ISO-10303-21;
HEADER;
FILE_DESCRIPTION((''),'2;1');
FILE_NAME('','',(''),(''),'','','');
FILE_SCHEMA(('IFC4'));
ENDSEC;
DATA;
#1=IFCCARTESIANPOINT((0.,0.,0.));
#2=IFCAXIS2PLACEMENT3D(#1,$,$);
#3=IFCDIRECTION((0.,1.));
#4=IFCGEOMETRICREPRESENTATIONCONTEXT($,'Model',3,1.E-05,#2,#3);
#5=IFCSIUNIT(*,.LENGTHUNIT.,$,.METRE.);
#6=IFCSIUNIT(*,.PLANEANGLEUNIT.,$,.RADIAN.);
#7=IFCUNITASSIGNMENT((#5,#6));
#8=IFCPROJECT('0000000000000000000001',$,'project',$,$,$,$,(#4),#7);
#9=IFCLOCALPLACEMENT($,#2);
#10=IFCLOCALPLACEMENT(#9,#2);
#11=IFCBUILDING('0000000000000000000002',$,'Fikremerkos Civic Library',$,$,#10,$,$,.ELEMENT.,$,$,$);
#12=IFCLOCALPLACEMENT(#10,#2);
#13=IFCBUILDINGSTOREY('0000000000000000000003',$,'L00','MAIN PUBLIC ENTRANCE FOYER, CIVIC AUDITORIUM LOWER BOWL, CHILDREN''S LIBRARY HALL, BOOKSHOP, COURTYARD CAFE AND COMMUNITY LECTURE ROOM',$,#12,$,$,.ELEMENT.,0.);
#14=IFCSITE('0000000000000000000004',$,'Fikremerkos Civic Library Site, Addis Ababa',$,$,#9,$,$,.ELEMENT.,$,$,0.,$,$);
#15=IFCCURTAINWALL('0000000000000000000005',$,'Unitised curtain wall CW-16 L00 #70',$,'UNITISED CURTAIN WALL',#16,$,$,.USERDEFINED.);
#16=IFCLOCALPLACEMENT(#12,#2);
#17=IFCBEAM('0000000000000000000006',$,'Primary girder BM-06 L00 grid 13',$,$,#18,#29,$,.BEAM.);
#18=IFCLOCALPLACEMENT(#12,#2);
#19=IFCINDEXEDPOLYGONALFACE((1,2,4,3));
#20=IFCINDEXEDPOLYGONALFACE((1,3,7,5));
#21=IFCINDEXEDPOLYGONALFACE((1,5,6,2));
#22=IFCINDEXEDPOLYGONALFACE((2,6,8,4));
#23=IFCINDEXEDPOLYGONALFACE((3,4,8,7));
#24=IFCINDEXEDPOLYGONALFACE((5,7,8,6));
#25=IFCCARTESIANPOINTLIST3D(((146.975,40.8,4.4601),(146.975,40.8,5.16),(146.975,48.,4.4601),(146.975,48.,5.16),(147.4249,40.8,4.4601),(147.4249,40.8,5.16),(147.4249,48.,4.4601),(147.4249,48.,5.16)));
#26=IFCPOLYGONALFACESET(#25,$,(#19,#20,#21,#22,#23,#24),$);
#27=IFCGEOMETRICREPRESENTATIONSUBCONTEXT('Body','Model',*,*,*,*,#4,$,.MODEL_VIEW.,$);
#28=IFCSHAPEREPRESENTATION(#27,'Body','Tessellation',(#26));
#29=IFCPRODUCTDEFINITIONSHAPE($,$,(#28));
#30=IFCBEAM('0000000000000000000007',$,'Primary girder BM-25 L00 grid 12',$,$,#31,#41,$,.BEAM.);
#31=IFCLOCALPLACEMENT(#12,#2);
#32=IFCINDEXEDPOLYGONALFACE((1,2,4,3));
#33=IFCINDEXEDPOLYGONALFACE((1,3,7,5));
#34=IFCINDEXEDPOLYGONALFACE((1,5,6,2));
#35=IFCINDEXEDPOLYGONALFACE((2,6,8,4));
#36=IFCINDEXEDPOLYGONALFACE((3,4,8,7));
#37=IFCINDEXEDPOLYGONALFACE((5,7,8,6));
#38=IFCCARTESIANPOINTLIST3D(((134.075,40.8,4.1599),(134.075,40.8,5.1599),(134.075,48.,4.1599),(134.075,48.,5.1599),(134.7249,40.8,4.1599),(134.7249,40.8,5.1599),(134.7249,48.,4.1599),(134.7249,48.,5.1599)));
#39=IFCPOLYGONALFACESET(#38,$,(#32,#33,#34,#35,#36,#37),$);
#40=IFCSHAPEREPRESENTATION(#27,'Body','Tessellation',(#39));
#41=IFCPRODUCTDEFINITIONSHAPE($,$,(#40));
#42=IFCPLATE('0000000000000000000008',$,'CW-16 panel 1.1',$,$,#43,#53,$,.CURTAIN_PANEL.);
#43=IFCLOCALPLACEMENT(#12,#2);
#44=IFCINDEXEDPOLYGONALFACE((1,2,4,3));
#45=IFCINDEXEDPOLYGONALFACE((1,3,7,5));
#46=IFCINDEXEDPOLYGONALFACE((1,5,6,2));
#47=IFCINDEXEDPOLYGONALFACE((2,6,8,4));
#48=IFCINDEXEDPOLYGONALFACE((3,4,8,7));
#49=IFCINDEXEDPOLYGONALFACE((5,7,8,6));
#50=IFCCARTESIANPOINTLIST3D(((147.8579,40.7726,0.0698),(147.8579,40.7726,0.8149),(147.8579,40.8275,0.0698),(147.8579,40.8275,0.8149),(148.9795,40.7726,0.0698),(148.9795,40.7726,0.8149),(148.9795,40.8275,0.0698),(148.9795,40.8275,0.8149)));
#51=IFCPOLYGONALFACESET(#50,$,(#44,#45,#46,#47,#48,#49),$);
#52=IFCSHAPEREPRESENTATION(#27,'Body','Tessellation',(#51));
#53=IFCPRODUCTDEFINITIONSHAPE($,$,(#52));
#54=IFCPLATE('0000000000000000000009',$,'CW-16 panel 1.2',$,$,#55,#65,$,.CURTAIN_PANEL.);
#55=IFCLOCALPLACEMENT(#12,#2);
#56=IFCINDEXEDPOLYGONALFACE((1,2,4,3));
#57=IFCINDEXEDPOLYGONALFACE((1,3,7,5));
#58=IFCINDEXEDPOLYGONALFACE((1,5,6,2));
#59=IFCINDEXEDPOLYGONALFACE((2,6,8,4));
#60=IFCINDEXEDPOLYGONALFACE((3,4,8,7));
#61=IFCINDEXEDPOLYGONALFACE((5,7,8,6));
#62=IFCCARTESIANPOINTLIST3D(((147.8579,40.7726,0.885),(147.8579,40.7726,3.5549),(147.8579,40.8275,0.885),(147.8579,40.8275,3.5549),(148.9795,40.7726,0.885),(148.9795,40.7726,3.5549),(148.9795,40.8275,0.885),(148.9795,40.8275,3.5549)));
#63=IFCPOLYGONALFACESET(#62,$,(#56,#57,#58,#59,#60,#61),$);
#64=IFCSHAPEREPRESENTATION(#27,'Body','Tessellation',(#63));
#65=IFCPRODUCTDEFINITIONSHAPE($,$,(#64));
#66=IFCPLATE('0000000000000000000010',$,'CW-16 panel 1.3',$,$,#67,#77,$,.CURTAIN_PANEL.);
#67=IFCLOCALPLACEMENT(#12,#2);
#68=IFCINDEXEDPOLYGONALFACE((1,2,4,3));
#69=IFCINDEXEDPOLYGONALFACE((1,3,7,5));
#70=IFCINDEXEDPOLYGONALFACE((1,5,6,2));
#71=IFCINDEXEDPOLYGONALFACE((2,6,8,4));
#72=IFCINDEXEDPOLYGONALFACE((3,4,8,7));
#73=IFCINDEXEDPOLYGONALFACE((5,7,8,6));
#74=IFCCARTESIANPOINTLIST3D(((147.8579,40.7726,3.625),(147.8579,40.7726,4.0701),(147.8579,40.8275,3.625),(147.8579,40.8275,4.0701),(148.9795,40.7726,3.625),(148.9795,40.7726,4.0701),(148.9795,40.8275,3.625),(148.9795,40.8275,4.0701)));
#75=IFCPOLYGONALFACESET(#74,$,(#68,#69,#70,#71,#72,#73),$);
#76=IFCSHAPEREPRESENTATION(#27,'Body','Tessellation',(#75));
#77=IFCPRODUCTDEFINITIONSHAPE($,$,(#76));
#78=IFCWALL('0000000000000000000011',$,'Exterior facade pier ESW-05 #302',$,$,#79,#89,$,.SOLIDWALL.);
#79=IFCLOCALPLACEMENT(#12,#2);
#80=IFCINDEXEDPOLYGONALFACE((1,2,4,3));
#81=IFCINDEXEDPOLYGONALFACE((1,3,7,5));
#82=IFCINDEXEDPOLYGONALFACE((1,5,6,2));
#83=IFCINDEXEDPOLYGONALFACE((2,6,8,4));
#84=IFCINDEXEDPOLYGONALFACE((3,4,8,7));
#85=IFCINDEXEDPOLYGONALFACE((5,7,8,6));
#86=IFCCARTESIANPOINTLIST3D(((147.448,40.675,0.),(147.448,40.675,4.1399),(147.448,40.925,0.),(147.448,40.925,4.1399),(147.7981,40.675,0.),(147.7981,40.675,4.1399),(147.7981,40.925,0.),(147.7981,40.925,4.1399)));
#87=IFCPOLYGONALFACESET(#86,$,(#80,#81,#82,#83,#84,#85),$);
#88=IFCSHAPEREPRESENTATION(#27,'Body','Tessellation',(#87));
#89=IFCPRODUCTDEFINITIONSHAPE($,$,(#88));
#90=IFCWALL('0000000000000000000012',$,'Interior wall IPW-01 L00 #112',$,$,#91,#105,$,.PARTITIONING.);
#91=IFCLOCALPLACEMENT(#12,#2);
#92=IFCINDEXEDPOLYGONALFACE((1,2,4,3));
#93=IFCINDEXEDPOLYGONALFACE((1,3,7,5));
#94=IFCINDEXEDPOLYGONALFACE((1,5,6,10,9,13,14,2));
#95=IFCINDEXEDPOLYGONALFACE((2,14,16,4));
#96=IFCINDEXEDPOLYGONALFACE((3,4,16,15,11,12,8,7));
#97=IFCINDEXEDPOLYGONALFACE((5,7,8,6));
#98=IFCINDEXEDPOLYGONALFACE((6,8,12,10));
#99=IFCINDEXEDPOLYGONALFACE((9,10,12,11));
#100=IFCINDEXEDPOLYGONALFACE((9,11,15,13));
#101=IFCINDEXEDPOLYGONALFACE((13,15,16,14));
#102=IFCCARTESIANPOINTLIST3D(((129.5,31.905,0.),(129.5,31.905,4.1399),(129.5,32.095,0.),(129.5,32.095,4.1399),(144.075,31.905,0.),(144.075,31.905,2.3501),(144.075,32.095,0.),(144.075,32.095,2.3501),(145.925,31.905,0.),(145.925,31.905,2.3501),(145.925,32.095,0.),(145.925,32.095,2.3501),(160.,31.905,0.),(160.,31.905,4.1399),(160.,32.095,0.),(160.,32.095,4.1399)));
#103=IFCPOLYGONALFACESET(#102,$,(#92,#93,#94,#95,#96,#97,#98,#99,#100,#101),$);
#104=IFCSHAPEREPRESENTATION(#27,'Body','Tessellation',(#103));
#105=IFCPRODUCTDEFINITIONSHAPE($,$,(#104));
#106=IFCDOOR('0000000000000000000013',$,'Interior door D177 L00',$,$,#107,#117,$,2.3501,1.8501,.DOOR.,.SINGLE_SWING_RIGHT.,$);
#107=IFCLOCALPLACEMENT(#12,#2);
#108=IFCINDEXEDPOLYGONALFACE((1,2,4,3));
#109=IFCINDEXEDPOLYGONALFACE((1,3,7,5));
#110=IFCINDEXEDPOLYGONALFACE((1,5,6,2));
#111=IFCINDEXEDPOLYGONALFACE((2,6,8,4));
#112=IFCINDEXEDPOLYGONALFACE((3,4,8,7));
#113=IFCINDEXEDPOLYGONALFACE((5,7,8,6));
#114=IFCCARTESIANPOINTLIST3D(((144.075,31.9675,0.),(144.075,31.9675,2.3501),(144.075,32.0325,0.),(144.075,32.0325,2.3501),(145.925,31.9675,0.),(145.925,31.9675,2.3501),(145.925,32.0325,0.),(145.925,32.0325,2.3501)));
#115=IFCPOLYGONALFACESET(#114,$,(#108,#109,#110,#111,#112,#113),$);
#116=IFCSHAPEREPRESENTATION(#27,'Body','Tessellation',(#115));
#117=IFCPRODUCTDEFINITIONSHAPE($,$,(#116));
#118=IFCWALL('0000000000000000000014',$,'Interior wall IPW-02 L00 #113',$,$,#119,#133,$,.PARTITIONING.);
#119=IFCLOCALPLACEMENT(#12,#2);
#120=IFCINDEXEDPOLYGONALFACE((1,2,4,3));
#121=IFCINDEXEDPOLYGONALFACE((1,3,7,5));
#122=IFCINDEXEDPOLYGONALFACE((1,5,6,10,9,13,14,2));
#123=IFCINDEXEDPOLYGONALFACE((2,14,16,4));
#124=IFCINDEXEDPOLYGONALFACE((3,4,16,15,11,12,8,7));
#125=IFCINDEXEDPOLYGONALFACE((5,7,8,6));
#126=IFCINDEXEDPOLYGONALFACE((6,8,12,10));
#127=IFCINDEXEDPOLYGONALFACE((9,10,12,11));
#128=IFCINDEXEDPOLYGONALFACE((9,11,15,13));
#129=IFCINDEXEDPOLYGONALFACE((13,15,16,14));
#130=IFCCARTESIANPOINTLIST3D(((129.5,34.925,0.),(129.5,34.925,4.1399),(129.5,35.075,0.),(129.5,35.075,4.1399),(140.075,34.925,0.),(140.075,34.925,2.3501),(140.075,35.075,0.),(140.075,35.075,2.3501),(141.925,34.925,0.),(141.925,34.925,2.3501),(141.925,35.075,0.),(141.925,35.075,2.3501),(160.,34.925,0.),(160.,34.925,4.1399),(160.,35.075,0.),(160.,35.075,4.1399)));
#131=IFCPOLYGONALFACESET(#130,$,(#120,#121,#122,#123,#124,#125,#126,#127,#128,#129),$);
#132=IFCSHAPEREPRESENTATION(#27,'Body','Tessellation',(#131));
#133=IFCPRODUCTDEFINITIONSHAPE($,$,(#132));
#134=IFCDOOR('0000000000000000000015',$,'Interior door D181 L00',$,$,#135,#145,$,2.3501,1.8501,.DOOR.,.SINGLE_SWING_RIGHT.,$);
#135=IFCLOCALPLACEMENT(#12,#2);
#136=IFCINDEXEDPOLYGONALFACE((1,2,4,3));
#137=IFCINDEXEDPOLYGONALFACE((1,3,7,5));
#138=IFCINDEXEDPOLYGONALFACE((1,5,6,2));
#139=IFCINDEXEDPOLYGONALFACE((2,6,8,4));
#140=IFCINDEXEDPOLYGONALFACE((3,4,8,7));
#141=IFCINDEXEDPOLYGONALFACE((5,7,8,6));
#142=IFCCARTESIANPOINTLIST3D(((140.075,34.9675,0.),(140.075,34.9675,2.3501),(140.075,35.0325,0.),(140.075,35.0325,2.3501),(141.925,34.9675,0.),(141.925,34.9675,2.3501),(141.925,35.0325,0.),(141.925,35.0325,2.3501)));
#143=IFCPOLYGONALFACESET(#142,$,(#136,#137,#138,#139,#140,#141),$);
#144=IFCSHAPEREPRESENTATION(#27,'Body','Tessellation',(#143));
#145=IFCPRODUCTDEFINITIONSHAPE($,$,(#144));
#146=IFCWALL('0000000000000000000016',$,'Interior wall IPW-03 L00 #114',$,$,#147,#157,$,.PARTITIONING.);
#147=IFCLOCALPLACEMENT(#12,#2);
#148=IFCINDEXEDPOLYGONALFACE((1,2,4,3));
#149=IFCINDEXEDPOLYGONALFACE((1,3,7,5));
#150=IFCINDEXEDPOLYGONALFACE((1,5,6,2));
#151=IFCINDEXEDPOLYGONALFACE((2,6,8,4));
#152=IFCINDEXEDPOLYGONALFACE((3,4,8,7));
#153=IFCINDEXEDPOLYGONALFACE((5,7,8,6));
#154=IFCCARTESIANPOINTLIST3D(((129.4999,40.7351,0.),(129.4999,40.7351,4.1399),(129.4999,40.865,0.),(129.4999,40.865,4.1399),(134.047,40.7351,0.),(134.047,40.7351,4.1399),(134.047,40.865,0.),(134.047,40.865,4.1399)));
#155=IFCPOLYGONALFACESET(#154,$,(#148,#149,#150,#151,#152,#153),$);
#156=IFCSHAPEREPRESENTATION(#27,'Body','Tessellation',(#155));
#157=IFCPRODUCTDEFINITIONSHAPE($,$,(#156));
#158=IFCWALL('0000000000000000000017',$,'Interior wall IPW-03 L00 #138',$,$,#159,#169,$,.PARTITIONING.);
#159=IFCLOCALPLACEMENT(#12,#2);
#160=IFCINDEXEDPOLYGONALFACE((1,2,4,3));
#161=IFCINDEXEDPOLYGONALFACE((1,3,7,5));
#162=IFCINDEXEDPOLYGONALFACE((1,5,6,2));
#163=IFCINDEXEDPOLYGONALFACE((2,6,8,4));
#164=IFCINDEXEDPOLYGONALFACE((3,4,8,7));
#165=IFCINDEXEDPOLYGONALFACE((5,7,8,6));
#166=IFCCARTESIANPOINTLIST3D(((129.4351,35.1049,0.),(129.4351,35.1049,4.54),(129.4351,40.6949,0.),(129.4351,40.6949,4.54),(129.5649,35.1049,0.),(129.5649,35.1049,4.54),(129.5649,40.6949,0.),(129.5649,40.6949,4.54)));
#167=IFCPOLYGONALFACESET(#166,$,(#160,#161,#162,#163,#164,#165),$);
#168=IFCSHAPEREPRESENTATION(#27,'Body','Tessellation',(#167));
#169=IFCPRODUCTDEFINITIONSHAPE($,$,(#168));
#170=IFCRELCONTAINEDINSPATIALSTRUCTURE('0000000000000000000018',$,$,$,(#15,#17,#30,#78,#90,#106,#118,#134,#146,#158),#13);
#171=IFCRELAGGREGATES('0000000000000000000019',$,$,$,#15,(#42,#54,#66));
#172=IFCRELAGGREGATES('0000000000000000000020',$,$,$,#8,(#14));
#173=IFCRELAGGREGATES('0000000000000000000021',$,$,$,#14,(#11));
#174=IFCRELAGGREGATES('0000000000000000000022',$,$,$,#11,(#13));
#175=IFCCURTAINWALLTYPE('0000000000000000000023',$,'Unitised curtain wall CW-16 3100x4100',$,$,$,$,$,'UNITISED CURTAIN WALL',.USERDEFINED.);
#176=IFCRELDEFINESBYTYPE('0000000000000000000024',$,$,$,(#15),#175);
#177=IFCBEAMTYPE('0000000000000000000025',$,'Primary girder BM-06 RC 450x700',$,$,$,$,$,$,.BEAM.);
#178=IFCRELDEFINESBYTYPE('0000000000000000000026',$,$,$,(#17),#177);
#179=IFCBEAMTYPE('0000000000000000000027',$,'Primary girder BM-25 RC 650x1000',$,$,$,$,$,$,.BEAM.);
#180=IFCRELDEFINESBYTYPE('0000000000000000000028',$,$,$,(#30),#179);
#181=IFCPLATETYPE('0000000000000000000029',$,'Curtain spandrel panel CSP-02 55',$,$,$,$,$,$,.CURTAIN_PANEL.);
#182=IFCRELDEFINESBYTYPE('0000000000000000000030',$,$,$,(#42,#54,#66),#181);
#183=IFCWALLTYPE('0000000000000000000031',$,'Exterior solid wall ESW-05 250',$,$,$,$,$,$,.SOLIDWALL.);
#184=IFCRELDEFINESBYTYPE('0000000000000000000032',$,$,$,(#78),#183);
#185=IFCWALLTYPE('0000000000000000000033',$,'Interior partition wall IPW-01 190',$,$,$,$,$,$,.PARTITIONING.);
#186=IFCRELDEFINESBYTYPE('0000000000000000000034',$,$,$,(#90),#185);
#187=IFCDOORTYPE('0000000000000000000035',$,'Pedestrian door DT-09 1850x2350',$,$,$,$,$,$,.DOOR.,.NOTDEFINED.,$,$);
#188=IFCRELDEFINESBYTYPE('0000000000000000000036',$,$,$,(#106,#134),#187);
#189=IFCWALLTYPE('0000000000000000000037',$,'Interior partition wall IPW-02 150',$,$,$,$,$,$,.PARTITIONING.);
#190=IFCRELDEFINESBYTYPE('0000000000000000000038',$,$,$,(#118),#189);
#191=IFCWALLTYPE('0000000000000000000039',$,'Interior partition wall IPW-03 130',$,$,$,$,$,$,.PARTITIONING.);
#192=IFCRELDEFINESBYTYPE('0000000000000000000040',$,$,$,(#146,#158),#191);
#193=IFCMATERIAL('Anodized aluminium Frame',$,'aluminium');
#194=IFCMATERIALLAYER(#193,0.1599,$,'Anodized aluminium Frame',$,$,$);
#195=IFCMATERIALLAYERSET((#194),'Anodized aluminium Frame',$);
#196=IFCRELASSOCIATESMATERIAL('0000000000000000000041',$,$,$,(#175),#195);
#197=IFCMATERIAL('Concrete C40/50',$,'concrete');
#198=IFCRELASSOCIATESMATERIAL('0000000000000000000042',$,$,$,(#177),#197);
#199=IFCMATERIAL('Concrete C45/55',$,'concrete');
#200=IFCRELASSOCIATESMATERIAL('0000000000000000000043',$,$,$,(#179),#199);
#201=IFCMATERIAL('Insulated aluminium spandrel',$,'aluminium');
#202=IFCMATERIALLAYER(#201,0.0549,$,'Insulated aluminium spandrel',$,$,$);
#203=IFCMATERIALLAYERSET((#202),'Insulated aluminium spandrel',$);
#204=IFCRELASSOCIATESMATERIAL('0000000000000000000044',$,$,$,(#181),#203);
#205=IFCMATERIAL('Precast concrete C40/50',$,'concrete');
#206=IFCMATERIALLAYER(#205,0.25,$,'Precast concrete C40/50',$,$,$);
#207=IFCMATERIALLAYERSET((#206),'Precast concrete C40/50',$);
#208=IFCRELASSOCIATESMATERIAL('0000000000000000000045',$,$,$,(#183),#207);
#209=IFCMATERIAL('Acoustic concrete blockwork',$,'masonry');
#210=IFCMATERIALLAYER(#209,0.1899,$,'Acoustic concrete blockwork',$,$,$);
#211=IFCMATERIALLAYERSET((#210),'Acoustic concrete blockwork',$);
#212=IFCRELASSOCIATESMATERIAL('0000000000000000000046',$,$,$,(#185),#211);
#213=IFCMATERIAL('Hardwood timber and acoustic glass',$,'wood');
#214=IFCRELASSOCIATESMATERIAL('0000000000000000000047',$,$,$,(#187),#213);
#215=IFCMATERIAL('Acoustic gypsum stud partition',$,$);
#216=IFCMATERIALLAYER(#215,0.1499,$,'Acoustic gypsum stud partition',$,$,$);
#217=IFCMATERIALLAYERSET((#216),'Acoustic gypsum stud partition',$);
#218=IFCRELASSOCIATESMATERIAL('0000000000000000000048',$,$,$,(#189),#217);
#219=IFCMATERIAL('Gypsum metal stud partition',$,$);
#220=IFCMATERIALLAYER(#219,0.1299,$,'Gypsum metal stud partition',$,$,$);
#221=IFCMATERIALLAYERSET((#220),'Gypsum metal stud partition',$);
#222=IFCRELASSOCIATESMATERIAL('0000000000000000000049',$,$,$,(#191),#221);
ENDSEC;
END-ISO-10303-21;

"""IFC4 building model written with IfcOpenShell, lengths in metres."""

from ifc_helpers import new_model, si_unit, direction, frame, frame_2d, origin, origin_2d, place, context, subcontext, project, spatial, rectangle, extrude, material, layer, layer_set, material_profile, profile_set, type_object, element, fill, aggregate, save


model = new_model("IFC4")

# Units and contexts
model_context = context("Model", 3, precision=1e-05, world=origin(), true_north=direction((0.0, 1.0)))
body_context = subcontext(model_context, "Body", "Model", "MODEL_VIEW")
ifc_project = project(units=[si_unit("LENGTHUNIT", "METRE"), si_unit("PLANEANGLEUNIT", "RADIAN")], contexts=[model_context])

# Site, building, storey
site_placement = place(None, origin())
site = spatial("IfcSite", under=ifc_project, at=site_placement, Name="Fikremerkos Civic Library Site, Addis Ababa", CompositionType="ELEMENT", RefElevation=0.0)
building_placement = place(site_placement, origin())
building = spatial("IfcBuilding", under=site, at=building_placement, Name="Fikremerkos Civic Library", CompositionType="ELEMENT")
storey_placement = place(building_placement, origin())
storey = spatial("IfcBuildingStorey", under=building, at=storey_placement, Name="L00", Description="MAIN PUBLIC ENTRANCE FOYER, CIVIC AUDITORIUM LOWER BOWL, CHILDREN'S LIBRARY HALL, BOOKSHOP, COURTYARD CAFE AND COMMUNITY LECTURE ROOM", CompositionType="ELEMENT", Elevation=0.0)

# Shared definitions
ifc_material_1 = material(Name="Concrete C40/50", Category="concrete")

# Curtain wall
ifc_material_2 = material(Name="Anodized aluminium Frame", Category="aluminium")
ifc_layer_1 = layer(ifc_material_2, 0.1599, Name="Anodized aluminium Frame")
ifc_layer_set_1 = layer_set([ifc_layer_1], Name="Anodized aluminium Frame")
curtain_wall_type = type_object("IfcCurtainWallType", Name="Unitised curtain wall CW-16 3100x4100", ElementType="UNITISED CURTAIN WALL", PredefinedType="USERDEFINED", material=ifc_layer_set_1)
curtain_wall_placement = place(storey_placement, origin())
curtain_wall = element("IfcCurtainWall", 1, at=curtain_wall_placement, inside=storey, type_object=curtain_wall_type, Name="Unitised curtain wall CW-16 L00 #70", ObjectType="UNITISED CURTAIN WALL", PredefinedType="USERDEFINED")

# Beams
ifc_material_profile_1 = material_profile(ifc_material_1, rectangle(XDim=0.45, YDim=0.7, at=origin_2d()), Name="RC 450x700")
ifc_profile_set_1 = profile_set([ifc_material_profile_1], Name="Concrete C40/50")
beam_type_1 = type_object("IfcBeamType", Name="Primary girder BM-06 RC 450x700", PredefinedType="BEAM", material=ifc_profile_set_1)
beam_1_placement = place(storey_placement, frame((147.2, 40.8, 4.8101), z_axis=(0.0, 1.0, 0.0), x_axis=(-1.0, 0.0, 0.0)))
element("IfcBeam", 2, at=beam_1_placement, inside=storey, type_object=beam_type_1, Name="Primary girder BM-06 L00 grid 13", PredefinedType="BEAM", context=body_context, shape_type="SweptSolid", body=[
    extrude(rectangle(XDim=0.45, YDim=0.7, at=origin_2d()), origin(), (0.0, 0.0, 1.0), 7.2),
])
ifc_material_3 = material(Name="Concrete C45/55", Category="concrete")
ifc_material_profile_2 = material_profile(ifc_material_3, rectangle(XDim=0.6499, YDim=1.0, at=origin_2d()), Name="RC 650x1000")
ifc_profile_set_2 = profile_set([ifc_material_profile_2], Name="Concrete C45/55")
beam_type_2 = type_object("IfcBeamType", Name="Primary girder BM-25 RC 650x1000", PredefinedType="BEAM", material=ifc_profile_set_2)
beam_2_placement = place(storey_placement, frame((134.3999, 40.8, 4.6599), z_axis=(0.0, 1.0, 0.0), x_axis=(-1.0, 0.0, 0.0)))
element("IfcBeam", 3, at=beam_2_placement, inside=storey, type_object=beam_type_2, Name="Primary girder BM-25 L00 grid 12", PredefinedType="BEAM", context=body_context, shape_type="SweptSolid", body=[
    extrude(rectangle(XDim=0.6499, YDim=1.0, at=origin_2d()), origin(), (0.0, 0.0, 1.0), 7.2),
])

# Plates
ifc_material_4 = material(Name="Insulated aluminium spandrel", Category="aluminium")
ifc_layer_2 = layer(ifc_material_4, 0.0549, Name="Insulated aluminium spandrel")
ifc_layer_set_2 = layer_set([ifc_layer_2], Name="Insulated aluminium spandrel")
plate_type = type_object("IfcPlateType", Name="Curtain spandrel panel CSP-02 55", PredefinedType="CURTAIN_PANEL", material=ifc_layer_set_2)
plate_1_placement = place(storey_placement, frame((148.4187, 40.8, 0.0698), z_axis=(0.0, 0.0, 1.0), x_axis=(1.0, 0.0, 0.0)))
plate_1 = element("IfcPlate", 4, at=plate_1_placement, type_object=plate_type, Name="CW-16 panel 1.1", PredefinedType="CURTAIN_PANEL", context=body_context, shape_type="SweptSolid", body=[
    extrude(rectangle(XDim=1.1216, YDim=0.0549, at=origin_2d()), origin(), (0.0, 0.0, 1.0), 0.7451),
])
plate_2_placement = place(storey_placement, frame((148.4187, 40.8, 0.885), z_axis=(0.0, 0.0, 1.0), x_axis=(1.0, 0.0, 0.0)))
plate_2 = element("IfcPlate", 5, at=plate_2_placement, type_object=plate_type, Name="CW-16 panel 1.2", PredefinedType="CURTAIN_PANEL", context=body_context, shape_type="SweptSolid", body=[
    extrude(rectangle(XDim=1.1216, YDim=0.0549, at=origin_2d()), origin(), (0.0, 0.0, 1.0), 2.6699),
])
plate_3_placement = place(storey_placement, frame((148.4187, 40.8, 3.625), z_axis=(0.0, 0.0, 1.0), x_axis=(1.0, 0.0, 0.0)))
plate_3 = element("IfcPlate", 6, at=plate_3_placement, type_object=plate_type, Name="CW-16 panel 1.3", PredefinedType="CURTAIN_PANEL", context=body_context, shape_type="SweptSolid", body=[
    extrude(rectangle(XDim=1.1216, YDim=0.0549, at=origin_2d()), origin(), (0.0, 0.0, 1.0), 0.4451),
])
aggregate(curtain_wall, [plate_1, plate_2, plate_3])

# Wall
ifc_material_5 = material(Name="Precast concrete C40/50", Category="concrete")
ifc_layer_3 = layer(ifc_material_5, 0.25, Name="Precast concrete C40/50")
ifc_layer_set_3 = layer_set([ifc_layer_3], Name="Precast concrete C40/50")
wall_type_1 = type_object("IfcWallType", Name="Exterior solid wall ESW-05 250", PredefinedType="SOLIDWALL", material=ifc_layer_set_3)
wall_1_placement = place(storey_placement, frame((147.448, 40.8, 0.0), z_axis=(0.0, 0.0, 1.0), x_axis=(1.0, 0.0, 0.0)))
element("IfcWall", 7, at=wall_1_placement, inside=storey, type_object=wall_type_1, Name="Exterior facade pier ESW-05 #302", PredefinedType="SOLIDWALL", context=body_context, shape_type="SweptSolid", body=[
    extrude(rectangle(XDim=0.3501, YDim=0.25, at=frame_2d((0.175, 0.0))), origin(), (0.0, 0.0, 1.0), 4.1399),
])

# Walls, openings, doors
ifc_material_6 = material(Name="Acoustic concrete blockwork", Category="masonry")
ifc_layer_4 = layer(ifc_material_6, 0.1899, Name="Acoustic concrete blockwork")
ifc_layer_set_4 = layer_set([ifc_layer_4], Name="Acoustic concrete blockwork")
wall_type_2 = type_object("IfcWallType", Name="Interior partition wall IPW-01 190", PredefinedType="PARTITIONING", material=ifc_layer_set_4)
wall_2_placement = place(storey_placement, frame((129.5, 32.0, 0.0), z_axis=(0.0, 0.0, 1.0), x_axis=(1.0, 0.0, 0.0)))
wall_2 = element("IfcWall", 8, at=wall_2_placement, inside=storey, type_object=wall_type_2, Name="Interior wall IPW-01 L00 #112", PredefinedType="PARTITIONING", context=body_context, shape_type="SweptSolid", body=[
    extrude(rectangle(XDim=30.5, YDim=0.1899, at=frame_2d((15.25, 0.0))), origin(), (0.0, 0.0, 1.0), 4.1399),
])
opening_1_placement = place(wall_2_placement, frame((14.575, 0.0, 0.0)))
opening_1 = element("IfcOpeningElement", 9, at=opening_1_placement, cuts=wall_2, PredefinedType="OPENING", context=body_context, shape_type="SweptSolid", body=[
    extrude(rectangle(XDim=1.8501, YDim=2.3501, at=frame_2d((0.925, 1.175))), frame((0.0, 0.105, 0.0), z_axis=(0.0, -1.0, 0.0), x_axis=(1.0, 0.0, 0.0)), (0.0, 0.0, 1.0), 0.21),
])
ifc_material_7 = material(Name="Hardwood timber and acoustic glass", Category="wood")
door_type = type_object("IfcDoorType", Name="Pedestrian door DT-09 1850x2350", OperationType="NOTDEFINED", PredefinedType="DOOR", material=ifc_material_7)
door_1_placement = place(opening_1_placement, origin())
door_1 = element("IfcDoor", 10, at=door_1_placement, inside=storey, type_object=door_type, Name="Interior door D177 L00", OperationType="SINGLE_SWING_RIGHT", OverallHeight=2.3501, OverallWidth=1.8501, PredefinedType="DOOR", context=body_context, shape_type="SweptSolid", body=[
    extrude(rectangle(XDim=1.8501, YDim=2.3501, at=frame_2d((0.925, 1.175))), frame((0.0, 0.0325, 0.0), z_axis=(0.0, -1.0, 0.0), x_axis=(1.0, 0.0, 0.0)), (0.0, 0.0, 1.0), 0.0649),
])
fill(opening_1, door_1)
ifc_material_8 = material(Name="Acoustic gypsum stud partition")
ifc_layer_5 = layer(ifc_material_8, 0.1499, Name="Acoustic gypsum stud partition")
ifc_layer_set_5 = layer_set([ifc_layer_5], Name="Acoustic gypsum stud partition")
wall_type_3 = type_object("IfcWallType", Name="Interior partition wall IPW-02 150", PredefinedType="PARTITIONING", material=ifc_layer_set_5)
wall_3_placement = place(storey_placement, frame((129.5, 35.0, 0.0), z_axis=(0.0, 0.0, 1.0), x_axis=(1.0, 0.0, 0.0)))
wall_3 = element("IfcWall", 11, at=wall_3_placement, inside=storey, type_object=wall_type_3, Name="Interior wall IPW-02 L00 #113", PredefinedType="PARTITIONING", context=body_context, shape_type="SweptSolid", body=[
    extrude(rectangle(XDim=30.5, YDim=0.1499, at=frame_2d((15.25, 0.0))), origin(), (0.0, 0.0, 1.0), 4.1399),
])
opening_2_placement = place(wall_3_placement, frame((10.575, 0.0, 0.0)))
opening_2 = element("IfcOpeningElement", 12, at=opening_2_placement, cuts=wall_3, PredefinedType="OPENING", context=body_context, shape_type="SweptSolid", body=[
    extrude(rectangle(XDim=1.8501, YDim=2.3501, at=frame_2d((0.925, 1.175))), frame((0.0, 0.085, 0.0), z_axis=(0.0, -1.0, 0.0), x_axis=(1.0, 0.0, 0.0)), (0.0, 0.0, 1.0), 0.1699),
])
door_2_placement = place(opening_2_placement, origin())
door_2 = element("IfcDoor", 13, at=door_2_placement, inside=storey, type_object=door_type, Name="Interior door D181 L00", OperationType="SINGLE_SWING_RIGHT", OverallHeight=2.3501, OverallWidth=1.8501, PredefinedType="DOOR", context=body_context, shape_type="SweptSolid", body=[
    extrude(rectangle(XDim=1.8501, YDim=2.3501, at=frame_2d((0.925, 1.175))), frame((0.0, 0.0325, 0.0), z_axis=(0.0, -1.0, 0.0), x_axis=(1.0, 0.0, 0.0)), (0.0, 0.0, 1.0), 0.0649),
])
fill(opening_2, door_2)

# Walls
ifc_material_9 = material(Name="Gypsum metal stud partition")
ifc_layer_6 = layer(ifc_material_9, 0.1299, Name="Gypsum metal stud partition")
ifc_layer_set_6 = layer_set([ifc_layer_6], Name="Gypsum metal stud partition")
wall_type_4 = type_object("IfcWallType", Name="Interior partition wall IPW-03 130", PredefinedType="PARTITIONING", material=ifc_layer_set_6)
wall_4_placement = place(storey_placement, frame((129.5, 40.8, 0.0), z_axis=(0.0, 0.0, 1.0), x_axis=(1.0, 0.0, 0.0)))
element("IfcWall", 14, at=wall_4_placement, inside=storey, type_object=wall_type_4, Name="Interior wall IPW-03 L00 #114", PredefinedType="PARTITIONING", context=body_context, shape_type="SweptSolid", body=[
    extrude(rectangle(XDim=4.5471, YDim=0.1299, at=frame_2d((2.2734, 0.0))), origin(), (0.0, 0.0, 1.0), 4.1399),
])
wall_5_placement = place(storey_placement, frame((129.5, 35.105, 0.0), z_axis=(0.0, 0.0, 1.0), x_axis=(0.0, 1.0, 0.0)))
element("IfcWall", 15, at=wall_5_placement, inside=storey, type_object=wall_type_4, Name="Interior wall IPW-03 L00 #138", PredefinedType="PARTITIONING", context=body_context, shape_type="SweptSolid", body=[
    extrude(rectangle(XDim=5.5901, YDim=0.1299, at=frame_2d((2.7949, 0.0))), origin(), (0.0, 0.0, 1.0), 4.54),
])

save(model, "model.ifc")
